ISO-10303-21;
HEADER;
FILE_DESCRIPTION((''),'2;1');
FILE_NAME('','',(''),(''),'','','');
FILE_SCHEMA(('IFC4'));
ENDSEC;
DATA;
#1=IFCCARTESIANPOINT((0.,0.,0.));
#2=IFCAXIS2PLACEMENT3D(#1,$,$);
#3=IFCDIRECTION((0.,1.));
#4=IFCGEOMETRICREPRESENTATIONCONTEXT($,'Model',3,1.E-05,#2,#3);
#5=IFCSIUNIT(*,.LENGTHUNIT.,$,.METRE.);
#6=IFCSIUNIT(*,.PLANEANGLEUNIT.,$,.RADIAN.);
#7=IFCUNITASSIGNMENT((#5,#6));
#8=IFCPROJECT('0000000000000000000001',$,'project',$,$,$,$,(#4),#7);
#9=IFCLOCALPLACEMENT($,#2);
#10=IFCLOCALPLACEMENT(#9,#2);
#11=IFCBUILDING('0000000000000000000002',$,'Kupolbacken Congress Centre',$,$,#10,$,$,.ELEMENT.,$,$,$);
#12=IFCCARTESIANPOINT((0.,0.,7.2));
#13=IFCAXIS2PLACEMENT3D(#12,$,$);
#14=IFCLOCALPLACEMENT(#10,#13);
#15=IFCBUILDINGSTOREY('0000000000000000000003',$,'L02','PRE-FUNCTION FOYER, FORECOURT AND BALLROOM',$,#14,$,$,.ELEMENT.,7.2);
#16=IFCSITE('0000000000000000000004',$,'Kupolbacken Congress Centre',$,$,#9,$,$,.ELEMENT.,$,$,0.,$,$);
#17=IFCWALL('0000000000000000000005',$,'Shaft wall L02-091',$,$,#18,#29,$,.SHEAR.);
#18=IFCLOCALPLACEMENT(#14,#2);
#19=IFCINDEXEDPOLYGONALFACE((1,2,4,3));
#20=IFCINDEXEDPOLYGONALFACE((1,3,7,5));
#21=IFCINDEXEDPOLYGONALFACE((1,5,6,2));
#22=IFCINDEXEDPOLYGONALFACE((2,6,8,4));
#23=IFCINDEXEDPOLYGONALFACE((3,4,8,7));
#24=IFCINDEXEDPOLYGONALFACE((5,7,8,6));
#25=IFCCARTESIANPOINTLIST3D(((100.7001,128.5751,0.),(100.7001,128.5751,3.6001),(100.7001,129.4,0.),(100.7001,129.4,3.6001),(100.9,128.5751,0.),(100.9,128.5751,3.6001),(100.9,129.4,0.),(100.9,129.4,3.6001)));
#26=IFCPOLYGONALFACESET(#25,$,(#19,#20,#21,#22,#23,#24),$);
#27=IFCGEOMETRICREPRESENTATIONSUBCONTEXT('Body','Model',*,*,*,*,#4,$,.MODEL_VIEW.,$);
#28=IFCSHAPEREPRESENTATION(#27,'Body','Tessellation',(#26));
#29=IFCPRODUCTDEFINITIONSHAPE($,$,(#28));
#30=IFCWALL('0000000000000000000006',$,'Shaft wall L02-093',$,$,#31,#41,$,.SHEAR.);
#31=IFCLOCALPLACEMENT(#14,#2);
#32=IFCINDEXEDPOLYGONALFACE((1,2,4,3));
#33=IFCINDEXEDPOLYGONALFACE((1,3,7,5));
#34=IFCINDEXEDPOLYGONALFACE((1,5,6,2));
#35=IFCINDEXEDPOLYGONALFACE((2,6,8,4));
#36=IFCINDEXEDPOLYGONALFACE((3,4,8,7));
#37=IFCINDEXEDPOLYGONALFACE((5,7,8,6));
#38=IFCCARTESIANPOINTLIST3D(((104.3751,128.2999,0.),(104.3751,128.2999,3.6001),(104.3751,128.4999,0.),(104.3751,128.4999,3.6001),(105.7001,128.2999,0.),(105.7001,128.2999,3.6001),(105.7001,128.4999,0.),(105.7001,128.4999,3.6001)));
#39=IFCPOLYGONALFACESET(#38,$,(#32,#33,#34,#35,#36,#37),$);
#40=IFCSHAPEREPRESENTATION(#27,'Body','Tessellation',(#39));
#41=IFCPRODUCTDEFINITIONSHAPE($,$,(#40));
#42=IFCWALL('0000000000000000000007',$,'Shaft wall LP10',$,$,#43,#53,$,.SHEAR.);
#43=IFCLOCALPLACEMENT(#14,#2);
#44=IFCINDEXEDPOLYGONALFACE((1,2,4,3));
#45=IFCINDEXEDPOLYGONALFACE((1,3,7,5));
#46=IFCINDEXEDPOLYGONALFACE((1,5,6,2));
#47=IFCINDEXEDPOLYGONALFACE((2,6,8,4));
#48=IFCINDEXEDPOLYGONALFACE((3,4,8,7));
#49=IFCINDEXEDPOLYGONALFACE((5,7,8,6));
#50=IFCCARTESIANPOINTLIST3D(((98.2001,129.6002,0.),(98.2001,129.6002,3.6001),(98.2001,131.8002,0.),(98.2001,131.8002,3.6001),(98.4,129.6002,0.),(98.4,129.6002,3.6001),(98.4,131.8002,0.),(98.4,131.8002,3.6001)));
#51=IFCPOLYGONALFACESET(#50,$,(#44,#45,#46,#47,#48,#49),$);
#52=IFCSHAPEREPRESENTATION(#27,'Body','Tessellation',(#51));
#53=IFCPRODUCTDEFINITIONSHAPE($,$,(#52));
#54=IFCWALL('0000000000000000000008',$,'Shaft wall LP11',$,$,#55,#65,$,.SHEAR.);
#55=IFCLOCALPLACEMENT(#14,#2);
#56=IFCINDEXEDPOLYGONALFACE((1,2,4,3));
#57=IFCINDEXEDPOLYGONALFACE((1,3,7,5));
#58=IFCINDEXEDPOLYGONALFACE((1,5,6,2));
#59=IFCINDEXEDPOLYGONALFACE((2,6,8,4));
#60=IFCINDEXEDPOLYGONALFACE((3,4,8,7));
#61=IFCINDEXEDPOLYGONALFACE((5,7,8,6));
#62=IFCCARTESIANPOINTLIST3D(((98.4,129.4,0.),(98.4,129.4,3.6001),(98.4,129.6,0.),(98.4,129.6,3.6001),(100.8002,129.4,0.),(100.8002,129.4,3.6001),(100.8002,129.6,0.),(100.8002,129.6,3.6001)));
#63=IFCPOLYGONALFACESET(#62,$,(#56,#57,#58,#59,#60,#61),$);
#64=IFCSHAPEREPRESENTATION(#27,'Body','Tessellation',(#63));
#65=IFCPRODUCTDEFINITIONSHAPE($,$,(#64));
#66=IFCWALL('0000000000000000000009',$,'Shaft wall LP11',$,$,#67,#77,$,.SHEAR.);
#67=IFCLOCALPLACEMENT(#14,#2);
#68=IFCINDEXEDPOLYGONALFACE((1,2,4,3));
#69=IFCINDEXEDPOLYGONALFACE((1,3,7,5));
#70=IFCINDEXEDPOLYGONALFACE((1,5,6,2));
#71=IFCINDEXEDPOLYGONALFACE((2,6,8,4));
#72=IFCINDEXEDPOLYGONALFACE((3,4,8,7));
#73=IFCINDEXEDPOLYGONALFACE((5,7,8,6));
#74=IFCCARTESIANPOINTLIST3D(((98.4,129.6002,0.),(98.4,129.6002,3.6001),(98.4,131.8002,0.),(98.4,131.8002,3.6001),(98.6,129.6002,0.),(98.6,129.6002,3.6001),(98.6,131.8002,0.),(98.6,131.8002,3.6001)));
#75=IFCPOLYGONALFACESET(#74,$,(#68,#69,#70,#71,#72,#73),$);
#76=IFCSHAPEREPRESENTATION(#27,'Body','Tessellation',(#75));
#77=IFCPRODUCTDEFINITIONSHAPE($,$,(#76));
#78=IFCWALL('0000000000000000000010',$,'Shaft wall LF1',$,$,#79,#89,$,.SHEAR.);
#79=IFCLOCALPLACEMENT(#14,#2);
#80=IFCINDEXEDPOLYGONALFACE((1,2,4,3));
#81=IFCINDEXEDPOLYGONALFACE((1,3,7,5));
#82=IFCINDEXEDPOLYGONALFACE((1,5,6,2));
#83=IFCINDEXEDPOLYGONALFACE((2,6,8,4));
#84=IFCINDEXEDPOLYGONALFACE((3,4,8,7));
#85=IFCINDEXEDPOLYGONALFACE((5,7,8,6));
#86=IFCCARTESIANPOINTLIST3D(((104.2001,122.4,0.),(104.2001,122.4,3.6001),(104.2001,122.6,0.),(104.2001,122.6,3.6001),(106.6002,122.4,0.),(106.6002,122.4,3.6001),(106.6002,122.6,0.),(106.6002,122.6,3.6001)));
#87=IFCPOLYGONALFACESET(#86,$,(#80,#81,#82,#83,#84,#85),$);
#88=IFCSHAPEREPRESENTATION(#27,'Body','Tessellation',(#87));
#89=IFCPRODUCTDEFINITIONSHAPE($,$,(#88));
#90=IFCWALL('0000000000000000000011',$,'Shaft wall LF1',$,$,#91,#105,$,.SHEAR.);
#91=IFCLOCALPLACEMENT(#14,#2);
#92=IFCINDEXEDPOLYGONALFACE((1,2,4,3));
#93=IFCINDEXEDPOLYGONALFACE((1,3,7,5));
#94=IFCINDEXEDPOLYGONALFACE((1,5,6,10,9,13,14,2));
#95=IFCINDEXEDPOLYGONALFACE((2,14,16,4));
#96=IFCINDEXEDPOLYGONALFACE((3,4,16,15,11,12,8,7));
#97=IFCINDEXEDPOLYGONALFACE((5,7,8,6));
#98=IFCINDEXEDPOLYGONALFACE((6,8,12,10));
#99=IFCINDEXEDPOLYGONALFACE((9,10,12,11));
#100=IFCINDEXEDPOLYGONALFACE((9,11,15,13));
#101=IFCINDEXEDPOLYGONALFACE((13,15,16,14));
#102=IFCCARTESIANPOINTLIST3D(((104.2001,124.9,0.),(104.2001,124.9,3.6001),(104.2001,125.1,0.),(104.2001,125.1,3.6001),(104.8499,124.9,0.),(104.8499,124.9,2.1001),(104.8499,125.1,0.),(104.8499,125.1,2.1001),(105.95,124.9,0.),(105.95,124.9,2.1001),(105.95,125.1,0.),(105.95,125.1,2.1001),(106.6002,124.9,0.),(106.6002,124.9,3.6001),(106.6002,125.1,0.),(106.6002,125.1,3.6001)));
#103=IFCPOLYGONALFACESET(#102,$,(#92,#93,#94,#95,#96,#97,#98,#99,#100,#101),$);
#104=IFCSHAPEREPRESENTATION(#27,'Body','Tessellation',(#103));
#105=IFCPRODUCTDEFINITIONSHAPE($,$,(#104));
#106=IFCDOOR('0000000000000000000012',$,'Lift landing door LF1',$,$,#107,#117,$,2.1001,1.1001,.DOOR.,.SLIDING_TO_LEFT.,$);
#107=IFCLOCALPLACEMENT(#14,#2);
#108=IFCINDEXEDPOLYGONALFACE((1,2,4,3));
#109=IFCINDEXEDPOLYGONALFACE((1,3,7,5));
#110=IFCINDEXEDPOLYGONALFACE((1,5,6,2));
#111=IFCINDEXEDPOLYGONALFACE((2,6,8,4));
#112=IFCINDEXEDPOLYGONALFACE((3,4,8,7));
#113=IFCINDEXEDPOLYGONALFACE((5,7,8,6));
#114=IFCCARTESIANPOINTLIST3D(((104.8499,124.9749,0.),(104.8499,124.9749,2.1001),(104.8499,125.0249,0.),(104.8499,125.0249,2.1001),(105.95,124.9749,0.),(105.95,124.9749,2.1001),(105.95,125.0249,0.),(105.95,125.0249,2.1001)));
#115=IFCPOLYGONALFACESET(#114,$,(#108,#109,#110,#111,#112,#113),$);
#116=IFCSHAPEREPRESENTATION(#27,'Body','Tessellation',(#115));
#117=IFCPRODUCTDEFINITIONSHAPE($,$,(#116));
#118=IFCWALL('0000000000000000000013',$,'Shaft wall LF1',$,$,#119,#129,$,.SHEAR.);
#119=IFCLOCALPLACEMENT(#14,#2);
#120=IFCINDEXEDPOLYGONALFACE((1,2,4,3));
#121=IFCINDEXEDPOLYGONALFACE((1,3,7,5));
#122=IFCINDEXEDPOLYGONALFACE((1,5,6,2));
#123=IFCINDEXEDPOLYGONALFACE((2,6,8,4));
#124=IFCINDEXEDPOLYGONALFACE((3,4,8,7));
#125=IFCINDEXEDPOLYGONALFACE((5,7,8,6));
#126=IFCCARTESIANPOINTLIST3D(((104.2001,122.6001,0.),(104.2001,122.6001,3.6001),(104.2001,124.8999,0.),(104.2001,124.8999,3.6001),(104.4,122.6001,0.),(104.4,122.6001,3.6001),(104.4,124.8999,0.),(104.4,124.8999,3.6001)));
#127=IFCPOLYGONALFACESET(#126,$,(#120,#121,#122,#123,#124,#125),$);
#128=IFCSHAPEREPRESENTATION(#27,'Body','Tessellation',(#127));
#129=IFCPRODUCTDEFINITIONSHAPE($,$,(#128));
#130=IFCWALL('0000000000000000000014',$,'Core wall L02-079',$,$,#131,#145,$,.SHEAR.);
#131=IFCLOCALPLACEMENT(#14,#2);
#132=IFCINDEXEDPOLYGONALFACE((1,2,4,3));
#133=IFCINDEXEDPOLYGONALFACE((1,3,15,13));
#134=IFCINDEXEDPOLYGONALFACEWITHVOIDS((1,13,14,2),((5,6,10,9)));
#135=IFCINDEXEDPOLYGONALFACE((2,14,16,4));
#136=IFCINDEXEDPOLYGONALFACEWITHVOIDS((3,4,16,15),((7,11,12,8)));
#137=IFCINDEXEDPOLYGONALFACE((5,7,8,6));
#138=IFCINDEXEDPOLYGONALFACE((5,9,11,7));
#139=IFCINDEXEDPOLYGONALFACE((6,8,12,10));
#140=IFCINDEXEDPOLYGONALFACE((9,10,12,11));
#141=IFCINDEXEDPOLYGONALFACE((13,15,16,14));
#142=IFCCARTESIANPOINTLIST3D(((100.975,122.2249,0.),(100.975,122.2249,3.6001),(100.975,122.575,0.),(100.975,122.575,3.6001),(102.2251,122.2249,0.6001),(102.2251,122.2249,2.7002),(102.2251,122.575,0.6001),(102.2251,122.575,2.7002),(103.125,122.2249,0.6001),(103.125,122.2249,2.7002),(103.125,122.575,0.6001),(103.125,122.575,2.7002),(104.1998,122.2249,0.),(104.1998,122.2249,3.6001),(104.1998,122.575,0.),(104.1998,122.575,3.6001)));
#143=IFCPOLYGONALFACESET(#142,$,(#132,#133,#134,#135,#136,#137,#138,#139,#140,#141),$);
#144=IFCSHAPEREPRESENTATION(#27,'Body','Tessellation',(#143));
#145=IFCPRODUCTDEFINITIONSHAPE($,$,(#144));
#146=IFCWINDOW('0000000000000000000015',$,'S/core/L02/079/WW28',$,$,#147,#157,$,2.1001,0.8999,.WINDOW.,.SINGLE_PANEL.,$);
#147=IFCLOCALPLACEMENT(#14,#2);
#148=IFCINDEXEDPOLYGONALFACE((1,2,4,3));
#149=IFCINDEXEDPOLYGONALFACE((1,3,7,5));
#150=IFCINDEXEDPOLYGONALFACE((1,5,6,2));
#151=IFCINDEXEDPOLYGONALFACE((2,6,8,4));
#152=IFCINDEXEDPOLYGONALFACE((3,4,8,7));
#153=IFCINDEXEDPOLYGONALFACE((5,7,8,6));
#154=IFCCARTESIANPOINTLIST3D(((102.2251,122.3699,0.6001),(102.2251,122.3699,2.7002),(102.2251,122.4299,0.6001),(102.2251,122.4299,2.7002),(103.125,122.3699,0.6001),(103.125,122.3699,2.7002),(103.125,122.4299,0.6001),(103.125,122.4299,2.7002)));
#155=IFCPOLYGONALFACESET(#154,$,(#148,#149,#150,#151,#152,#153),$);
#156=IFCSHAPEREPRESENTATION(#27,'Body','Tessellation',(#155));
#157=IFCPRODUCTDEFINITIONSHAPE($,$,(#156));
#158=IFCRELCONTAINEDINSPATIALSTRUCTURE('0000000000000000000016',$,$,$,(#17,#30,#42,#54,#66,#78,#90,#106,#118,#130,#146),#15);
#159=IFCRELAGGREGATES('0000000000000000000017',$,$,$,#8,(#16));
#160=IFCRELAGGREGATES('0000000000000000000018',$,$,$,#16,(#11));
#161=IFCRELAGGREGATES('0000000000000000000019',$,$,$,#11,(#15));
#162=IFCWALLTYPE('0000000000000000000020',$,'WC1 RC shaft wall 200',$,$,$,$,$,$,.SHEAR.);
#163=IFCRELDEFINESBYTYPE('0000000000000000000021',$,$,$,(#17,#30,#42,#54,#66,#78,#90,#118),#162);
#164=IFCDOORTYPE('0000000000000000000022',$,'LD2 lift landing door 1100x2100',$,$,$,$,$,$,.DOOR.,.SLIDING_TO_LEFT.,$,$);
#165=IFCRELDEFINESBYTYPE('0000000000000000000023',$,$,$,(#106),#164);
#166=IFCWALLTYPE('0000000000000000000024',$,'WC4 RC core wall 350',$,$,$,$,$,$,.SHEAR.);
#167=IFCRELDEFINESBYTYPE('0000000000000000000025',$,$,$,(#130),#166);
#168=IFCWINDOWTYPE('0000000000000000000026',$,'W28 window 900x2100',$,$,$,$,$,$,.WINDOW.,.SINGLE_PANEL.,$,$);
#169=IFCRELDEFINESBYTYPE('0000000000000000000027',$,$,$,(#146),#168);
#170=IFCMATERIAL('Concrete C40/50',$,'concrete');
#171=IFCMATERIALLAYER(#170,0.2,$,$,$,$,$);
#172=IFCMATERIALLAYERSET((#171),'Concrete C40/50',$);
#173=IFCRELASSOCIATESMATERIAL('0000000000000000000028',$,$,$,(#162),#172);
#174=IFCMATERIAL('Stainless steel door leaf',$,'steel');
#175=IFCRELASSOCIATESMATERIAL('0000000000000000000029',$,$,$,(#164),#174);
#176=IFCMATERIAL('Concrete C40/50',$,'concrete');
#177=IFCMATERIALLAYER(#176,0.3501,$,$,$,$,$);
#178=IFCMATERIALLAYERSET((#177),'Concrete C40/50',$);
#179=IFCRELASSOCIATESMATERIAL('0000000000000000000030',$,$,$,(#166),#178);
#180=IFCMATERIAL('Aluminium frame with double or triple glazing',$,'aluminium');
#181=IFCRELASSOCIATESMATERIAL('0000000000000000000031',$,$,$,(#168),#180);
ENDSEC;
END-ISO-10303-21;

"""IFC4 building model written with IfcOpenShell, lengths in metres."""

from ifc_helpers import new_model, si_unit, direction, frame, frame_2d, origin, place, context, subcontext, project, spatial, rectangle, extrude, material, layer, layer_set, type_object, element, fill, save


model = new_model("IFC4")

# Units and contexts
model_context = context("Model", 3, precision=1e-05, world=origin(), true_north=direction((0.0, 1.0)))
body_context = subcontext(model_context, "Body", "Model", "MODEL_VIEW")
ifc_project = project(units=[si_unit("LENGTHUNIT", "METRE"), si_unit("PLANEANGLEUNIT", "RADIAN")], contexts=[model_context])

# Site, building, storey
site_placement = place(None, origin())
site = spatial("IfcSite", under=ifc_project, at=site_placement, Name="Kupolbacken Congress Centre", CompositionType="ELEMENT", RefElevation=0.0)
building_placement = place(site_placement, origin())
building = spatial("IfcBuilding", under=site, at=building_placement, Name="Kupolbacken Congress Centre", CompositionType="ELEMENT")
storey_placement = place(building_placement, frame((0.0, 0.0, 7.2)))
storey = spatial("IfcBuildingStorey", under=building, at=storey_placement, Name="L02", Description="PRE-FUNCTION FOYER, FORECOURT AND BALLROOM", CompositionType="ELEMENT", Elevation=7.2)

# Walls
ifc_material_1 = material(Name="Concrete C40/50", Category="concrete")
ifc_layer_1 = layer(ifc_material_1, 0.2)
ifc_layer_set_1 = layer_set([ifc_layer_1], Name="Concrete C40/50")
wall_type_1 = type_object("IfcWallType", Name="WC1 RC shaft wall 200", PredefinedType="SHEAR", material=ifc_layer_set_1)
wall_1_placement = place(storey_placement, frame((100.8, 128.575, 0.0), z_axis=(0.0, 0.0, 1.0), x_axis=(0.0, 1.0, 0.0)))
element("IfcWall", 1, at=wall_1_placement, inside=storey, type_object=wall_type_1, Name="Shaft wall L02-091", PredefinedType="SHEAR", context=body_context, shape_type="SweptSolid", body=[
    extrude(rectangle(XDim=0.825, YDim=0.2, at=frame_2d((0.4126, 0.0))), origin(), (0.0, 0.0, 1.0), 3.6001),
])
wall_2_placement = place(storey_placement, frame((104.375, 128.3999, 0.0), z_axis=(0.0, 0.0, 1.0), x_axis=(1.0, 0.0, 0.0)))
element("IfcWall", 2, at=wall_2_placement, inside=storey, type_object=wall_type_1, Name="Shaft wall L02-093", PredefinedType="SHEAR", context=body_context, shape_type="SweptSolid", body=[
    extrude(rectangle(XDim=1.325, YDim=0.2, at=frame_2d((0.6626, 0.0))), origin(), (0.0, 0.0, 1.0), 3.6001),
])
wall_3_placement = place(storey_placement, frame((98.3, 129.6001, 0.0), z_axis=(0.0, 0.0, 1.0), x_axis=(0.0, 1.0, 0.0)))
element("IfcWall", 3, at=wall_3_placement, inside=storey, type_object=wall_type_1, Name="Shaft wall LP10", PredefinedType="SHEAR", context=body_context, shape_type="SweptSolid", body=[
    extrude(rectangle(XDim=2.2, YDim=0.2, at=frame_2d((1.1001, 0.0))), origin(), (0.0, 0.0, 1.0), 3.6001),
])
wall_4_placement = place(storey_placement, frame((98.3999, 129.5, 0.0), z_axis=(0.0, 0.0, 1.0), x_axis=(1.0, 0.0, 0.0)))
element("IfcWall", 4, at=wall_4_placement, inside=storey, type_object=wall_type_1, Name="Shaft wall LP11", PredefinedType="SHEAR", context=body_context, shape_type="SweptSolid", body=[
    extrude(rectangle(XDim=2.4001, YDim=0.2, at=frame_2d((1.2002, 0.0))), origin(), (0.0, 0.0, 1.0), 3.6001),
])
wall_5_placement = place(storey_placement, frame((98.5, 129.6001, 0.0), z_axis=(0.0, 0.0, 1.0), x_axis=(0.0, 1.0, 0.0)))
element("IfcWall", 5, at=wall_5_placement, inside=storey, type_object=wall_type_1, Name="Shaft wall LP11", PredefinedType="SHEAR", context=body_context, shape_type="SweptSolid", body=[
    extrude(rectangle(XDim=2.2, YDim=0.2, at=frame_2d((1.1001, 0.0))), origin(), (0.0, 0.0, 1.0), 3.6001),
])
wall_6_placement = place(storey_placement, frame((104.2, 122.5, 0.0), z_axis=(0.0, 0.0, 1.0), x_axis=(1.0, 0.0, 0.0)))
element("IfcWall", 6, at=wall_6_placement, inside=storey, type_object=wall_type_1, Name="Shaft wall LF1", PredefinedType="SHEAR", context=body_context, shape_type="SweptSolid", body=[
    extrude(rectangle(XDim=2.4001, YDim=0.2, at=frame_2d((1.2002, 0.0))), origin(), (0.0, 0.0, 1.0), 3.6001),
])

# Wall, opening, door
wall_7_placement = place(storey_placement, frame((104.2, 125.0, 0.0), z_axis=(0.0, 0.0, 1.0), x_axis=(1.0, 0.0, 0.0)))
wall_7 = element("IfcWall", 7, at=wall_7_placement, inside=storey, type_object=wall_type_1, Name="Shaft wall LF1", PredefinedType="SHEAR", context=body_context, shape_type="SweptSolid", body=[
    extrude(rectangle(XDim=2.4001, YDim=0.2, at=frame_2d((1.2002, 0.0))), origin(), (0.0, 0.0, 1.0), 3.6001),
])
opening_1_placement = place(wall_7_placement, frame((0.6499, 0.0, 0.0)))
opening_1 = element("IfcOpeningElement", 8, at=opening_1_placement, cuts=wall_7, PredefinedType="OPENING", context=body_context, shape_type="SweptSolid", body=[
    extrude(rectangle(XDim=1.1001, YDim=2.1001, at=frame_2d((0.55, 1.05))), frame((0.0, 0.1099, 0.0), z_axis=(0.0, -1.0, 0.0), x_axis=(1.0, 0.0, 0.0)), (0.0, 0.0, 1.0), 0.22),
])
ifc_material_2 = material(Name="Stainless steel door leaf", Category="steel")
door_type_1 = type_object("IfcDoorType", Name="LD2 lift landing door 1100x2100", OperationType="SLIDING_TO_LEFT", PredefinedType="DOOR", material=ifc_material_2)
door_1_placement = place(opening_1_placement, origin())
door_1 = element("IfcDoor", 9, at=door_1_placement, inside=storey, type_object=door_type_1, Name="Lift landing door LF1", OperationType="SLIDING_TO_LEFT", OverallHeight=2.1001, OverallWidth=1.1001, PredefinedType="DOOR", context=body_context, shape_type="SweptSolid", body=[
    extrude(rectangle(XDim=1.1001, YDim=2.1001, at=frame_2d((0.55, 1.05))), frame((0.0, 0.0249, 0.0), z_axis=(0.0, -1.0, 0.0), x_axis=(1.0, 0.0, 0.0)), (0.0, 0.0, 1.0), 0.05),
])
fill(opening_1, door_1)

# Wall
wall_8_placement = place(storey_placement, frame((104.3, 122.6001, 0.0), z_axis=(0.0, 0.0, 1.0), x_axis=(0.0, 1.0, 0.0)))
element("IfcWall", 10, at=wall_8_placement, inside=storey, type_object=wall_type_1, Name="Shaft wall LF1", PredefinedType="SHEAR", context=body_context, shape_type="SweptSolid", body=[
    extrude(rectangle(XDim=2.2998, YDim=0.2, at=frame_2d((1.1499, 0.0))), origin(), (0.0, 0.0, 1.0), 3.6001),
])

# Wall, opening, window
ifc_material_3 = material(Name="Concrete C40/50", Category="concrete")
ifc_layer_2 = layer(ifc_material_3, 0.3501)
ifc_layer_set_2 = layer_set([ifc_layer_2], Name="Concrete C40/50")
wall_type_2 = type_object("IfcWallType", Name="WC4 RC core wall 350", PredefinedType="SHEAR", material=ifc_layer_set_2)
wall_9_placement = place(storey_placement, frame((100.9751, 122.3999, 0.0), z_axis=(0.0, 0.0, 1.0), x_axis=(1.0, 0.0, 0.0)))
wall_9 = element("IfcWall", 11, at=wall_9_placement, inside=storey, type_object=wall_type_2, Name="Core wall L02-079", PredefinedType="SHEAR", context=body_context, shape_type="SweptSolid", body=[
    extrude(rectangle(XDim=3.2249, YDim=0.3501, at=frame_2d((1.6123, 0.0))), origin(), (0.0, 0.0, 1.0), 3.6001),
])
opening_2_placement = place(wall_9_placement, frame((1.25, 0.0, 0.6001)))
opening_2 = element("IfcOpeningElement", 12, at=opening_2_placement, cuts=wall_9, PredefinedType="OPENING", context=body_context, shape_type="SweptSolid", body=[
    extrude(rectangle(XDim=0.8999, YDim=2.1001, at=frame_2d((0.45, 1.05))), frame((0.0, 0.1851, 0.0), z_axis=(0.0, -1.0, 0.0), x_axis=(1.0, 0.0, 0.0)), (0.0, 0.0, 1.0), 0.3701),
])
ifc_material_4 = material(Name="Aluminium frame with double or triple glazing", Category="aluminium")
window_type = type_object("IfcWindowType", Name="W28 window 900x2100", PartitioningType="SINGLE_PANEL", PredefinedType="WINDOW", material=ifc_material_4)
window_placement = place(opening_2_placement, origin())
window = element("IfcWindow", 13, at=window_placement, inside=storey, type_object=window_type, Name="S/core/L02/079/WW28", OverallHeight=2.1001, OverallWidth=0.8999, PartitioningType="SINGLE_PANEL", PredefinedType="WINDOW", context=body_context, shape_type="SweptSolid", body=[
    extrude(rectangle(XDim=0.8999, YDim=2.1001, at=frame_2d((0.45, 1.05))), frame((0.0, 0.03, 0.0), z_axis=(0.0, -1.0, 0.0), x_axis=(1.0, 0.0, 0.0)), (0.0, 0.0, 1.0), 0.0601),
])
fill(opening_2, window)

save(model, "model.ifc")
